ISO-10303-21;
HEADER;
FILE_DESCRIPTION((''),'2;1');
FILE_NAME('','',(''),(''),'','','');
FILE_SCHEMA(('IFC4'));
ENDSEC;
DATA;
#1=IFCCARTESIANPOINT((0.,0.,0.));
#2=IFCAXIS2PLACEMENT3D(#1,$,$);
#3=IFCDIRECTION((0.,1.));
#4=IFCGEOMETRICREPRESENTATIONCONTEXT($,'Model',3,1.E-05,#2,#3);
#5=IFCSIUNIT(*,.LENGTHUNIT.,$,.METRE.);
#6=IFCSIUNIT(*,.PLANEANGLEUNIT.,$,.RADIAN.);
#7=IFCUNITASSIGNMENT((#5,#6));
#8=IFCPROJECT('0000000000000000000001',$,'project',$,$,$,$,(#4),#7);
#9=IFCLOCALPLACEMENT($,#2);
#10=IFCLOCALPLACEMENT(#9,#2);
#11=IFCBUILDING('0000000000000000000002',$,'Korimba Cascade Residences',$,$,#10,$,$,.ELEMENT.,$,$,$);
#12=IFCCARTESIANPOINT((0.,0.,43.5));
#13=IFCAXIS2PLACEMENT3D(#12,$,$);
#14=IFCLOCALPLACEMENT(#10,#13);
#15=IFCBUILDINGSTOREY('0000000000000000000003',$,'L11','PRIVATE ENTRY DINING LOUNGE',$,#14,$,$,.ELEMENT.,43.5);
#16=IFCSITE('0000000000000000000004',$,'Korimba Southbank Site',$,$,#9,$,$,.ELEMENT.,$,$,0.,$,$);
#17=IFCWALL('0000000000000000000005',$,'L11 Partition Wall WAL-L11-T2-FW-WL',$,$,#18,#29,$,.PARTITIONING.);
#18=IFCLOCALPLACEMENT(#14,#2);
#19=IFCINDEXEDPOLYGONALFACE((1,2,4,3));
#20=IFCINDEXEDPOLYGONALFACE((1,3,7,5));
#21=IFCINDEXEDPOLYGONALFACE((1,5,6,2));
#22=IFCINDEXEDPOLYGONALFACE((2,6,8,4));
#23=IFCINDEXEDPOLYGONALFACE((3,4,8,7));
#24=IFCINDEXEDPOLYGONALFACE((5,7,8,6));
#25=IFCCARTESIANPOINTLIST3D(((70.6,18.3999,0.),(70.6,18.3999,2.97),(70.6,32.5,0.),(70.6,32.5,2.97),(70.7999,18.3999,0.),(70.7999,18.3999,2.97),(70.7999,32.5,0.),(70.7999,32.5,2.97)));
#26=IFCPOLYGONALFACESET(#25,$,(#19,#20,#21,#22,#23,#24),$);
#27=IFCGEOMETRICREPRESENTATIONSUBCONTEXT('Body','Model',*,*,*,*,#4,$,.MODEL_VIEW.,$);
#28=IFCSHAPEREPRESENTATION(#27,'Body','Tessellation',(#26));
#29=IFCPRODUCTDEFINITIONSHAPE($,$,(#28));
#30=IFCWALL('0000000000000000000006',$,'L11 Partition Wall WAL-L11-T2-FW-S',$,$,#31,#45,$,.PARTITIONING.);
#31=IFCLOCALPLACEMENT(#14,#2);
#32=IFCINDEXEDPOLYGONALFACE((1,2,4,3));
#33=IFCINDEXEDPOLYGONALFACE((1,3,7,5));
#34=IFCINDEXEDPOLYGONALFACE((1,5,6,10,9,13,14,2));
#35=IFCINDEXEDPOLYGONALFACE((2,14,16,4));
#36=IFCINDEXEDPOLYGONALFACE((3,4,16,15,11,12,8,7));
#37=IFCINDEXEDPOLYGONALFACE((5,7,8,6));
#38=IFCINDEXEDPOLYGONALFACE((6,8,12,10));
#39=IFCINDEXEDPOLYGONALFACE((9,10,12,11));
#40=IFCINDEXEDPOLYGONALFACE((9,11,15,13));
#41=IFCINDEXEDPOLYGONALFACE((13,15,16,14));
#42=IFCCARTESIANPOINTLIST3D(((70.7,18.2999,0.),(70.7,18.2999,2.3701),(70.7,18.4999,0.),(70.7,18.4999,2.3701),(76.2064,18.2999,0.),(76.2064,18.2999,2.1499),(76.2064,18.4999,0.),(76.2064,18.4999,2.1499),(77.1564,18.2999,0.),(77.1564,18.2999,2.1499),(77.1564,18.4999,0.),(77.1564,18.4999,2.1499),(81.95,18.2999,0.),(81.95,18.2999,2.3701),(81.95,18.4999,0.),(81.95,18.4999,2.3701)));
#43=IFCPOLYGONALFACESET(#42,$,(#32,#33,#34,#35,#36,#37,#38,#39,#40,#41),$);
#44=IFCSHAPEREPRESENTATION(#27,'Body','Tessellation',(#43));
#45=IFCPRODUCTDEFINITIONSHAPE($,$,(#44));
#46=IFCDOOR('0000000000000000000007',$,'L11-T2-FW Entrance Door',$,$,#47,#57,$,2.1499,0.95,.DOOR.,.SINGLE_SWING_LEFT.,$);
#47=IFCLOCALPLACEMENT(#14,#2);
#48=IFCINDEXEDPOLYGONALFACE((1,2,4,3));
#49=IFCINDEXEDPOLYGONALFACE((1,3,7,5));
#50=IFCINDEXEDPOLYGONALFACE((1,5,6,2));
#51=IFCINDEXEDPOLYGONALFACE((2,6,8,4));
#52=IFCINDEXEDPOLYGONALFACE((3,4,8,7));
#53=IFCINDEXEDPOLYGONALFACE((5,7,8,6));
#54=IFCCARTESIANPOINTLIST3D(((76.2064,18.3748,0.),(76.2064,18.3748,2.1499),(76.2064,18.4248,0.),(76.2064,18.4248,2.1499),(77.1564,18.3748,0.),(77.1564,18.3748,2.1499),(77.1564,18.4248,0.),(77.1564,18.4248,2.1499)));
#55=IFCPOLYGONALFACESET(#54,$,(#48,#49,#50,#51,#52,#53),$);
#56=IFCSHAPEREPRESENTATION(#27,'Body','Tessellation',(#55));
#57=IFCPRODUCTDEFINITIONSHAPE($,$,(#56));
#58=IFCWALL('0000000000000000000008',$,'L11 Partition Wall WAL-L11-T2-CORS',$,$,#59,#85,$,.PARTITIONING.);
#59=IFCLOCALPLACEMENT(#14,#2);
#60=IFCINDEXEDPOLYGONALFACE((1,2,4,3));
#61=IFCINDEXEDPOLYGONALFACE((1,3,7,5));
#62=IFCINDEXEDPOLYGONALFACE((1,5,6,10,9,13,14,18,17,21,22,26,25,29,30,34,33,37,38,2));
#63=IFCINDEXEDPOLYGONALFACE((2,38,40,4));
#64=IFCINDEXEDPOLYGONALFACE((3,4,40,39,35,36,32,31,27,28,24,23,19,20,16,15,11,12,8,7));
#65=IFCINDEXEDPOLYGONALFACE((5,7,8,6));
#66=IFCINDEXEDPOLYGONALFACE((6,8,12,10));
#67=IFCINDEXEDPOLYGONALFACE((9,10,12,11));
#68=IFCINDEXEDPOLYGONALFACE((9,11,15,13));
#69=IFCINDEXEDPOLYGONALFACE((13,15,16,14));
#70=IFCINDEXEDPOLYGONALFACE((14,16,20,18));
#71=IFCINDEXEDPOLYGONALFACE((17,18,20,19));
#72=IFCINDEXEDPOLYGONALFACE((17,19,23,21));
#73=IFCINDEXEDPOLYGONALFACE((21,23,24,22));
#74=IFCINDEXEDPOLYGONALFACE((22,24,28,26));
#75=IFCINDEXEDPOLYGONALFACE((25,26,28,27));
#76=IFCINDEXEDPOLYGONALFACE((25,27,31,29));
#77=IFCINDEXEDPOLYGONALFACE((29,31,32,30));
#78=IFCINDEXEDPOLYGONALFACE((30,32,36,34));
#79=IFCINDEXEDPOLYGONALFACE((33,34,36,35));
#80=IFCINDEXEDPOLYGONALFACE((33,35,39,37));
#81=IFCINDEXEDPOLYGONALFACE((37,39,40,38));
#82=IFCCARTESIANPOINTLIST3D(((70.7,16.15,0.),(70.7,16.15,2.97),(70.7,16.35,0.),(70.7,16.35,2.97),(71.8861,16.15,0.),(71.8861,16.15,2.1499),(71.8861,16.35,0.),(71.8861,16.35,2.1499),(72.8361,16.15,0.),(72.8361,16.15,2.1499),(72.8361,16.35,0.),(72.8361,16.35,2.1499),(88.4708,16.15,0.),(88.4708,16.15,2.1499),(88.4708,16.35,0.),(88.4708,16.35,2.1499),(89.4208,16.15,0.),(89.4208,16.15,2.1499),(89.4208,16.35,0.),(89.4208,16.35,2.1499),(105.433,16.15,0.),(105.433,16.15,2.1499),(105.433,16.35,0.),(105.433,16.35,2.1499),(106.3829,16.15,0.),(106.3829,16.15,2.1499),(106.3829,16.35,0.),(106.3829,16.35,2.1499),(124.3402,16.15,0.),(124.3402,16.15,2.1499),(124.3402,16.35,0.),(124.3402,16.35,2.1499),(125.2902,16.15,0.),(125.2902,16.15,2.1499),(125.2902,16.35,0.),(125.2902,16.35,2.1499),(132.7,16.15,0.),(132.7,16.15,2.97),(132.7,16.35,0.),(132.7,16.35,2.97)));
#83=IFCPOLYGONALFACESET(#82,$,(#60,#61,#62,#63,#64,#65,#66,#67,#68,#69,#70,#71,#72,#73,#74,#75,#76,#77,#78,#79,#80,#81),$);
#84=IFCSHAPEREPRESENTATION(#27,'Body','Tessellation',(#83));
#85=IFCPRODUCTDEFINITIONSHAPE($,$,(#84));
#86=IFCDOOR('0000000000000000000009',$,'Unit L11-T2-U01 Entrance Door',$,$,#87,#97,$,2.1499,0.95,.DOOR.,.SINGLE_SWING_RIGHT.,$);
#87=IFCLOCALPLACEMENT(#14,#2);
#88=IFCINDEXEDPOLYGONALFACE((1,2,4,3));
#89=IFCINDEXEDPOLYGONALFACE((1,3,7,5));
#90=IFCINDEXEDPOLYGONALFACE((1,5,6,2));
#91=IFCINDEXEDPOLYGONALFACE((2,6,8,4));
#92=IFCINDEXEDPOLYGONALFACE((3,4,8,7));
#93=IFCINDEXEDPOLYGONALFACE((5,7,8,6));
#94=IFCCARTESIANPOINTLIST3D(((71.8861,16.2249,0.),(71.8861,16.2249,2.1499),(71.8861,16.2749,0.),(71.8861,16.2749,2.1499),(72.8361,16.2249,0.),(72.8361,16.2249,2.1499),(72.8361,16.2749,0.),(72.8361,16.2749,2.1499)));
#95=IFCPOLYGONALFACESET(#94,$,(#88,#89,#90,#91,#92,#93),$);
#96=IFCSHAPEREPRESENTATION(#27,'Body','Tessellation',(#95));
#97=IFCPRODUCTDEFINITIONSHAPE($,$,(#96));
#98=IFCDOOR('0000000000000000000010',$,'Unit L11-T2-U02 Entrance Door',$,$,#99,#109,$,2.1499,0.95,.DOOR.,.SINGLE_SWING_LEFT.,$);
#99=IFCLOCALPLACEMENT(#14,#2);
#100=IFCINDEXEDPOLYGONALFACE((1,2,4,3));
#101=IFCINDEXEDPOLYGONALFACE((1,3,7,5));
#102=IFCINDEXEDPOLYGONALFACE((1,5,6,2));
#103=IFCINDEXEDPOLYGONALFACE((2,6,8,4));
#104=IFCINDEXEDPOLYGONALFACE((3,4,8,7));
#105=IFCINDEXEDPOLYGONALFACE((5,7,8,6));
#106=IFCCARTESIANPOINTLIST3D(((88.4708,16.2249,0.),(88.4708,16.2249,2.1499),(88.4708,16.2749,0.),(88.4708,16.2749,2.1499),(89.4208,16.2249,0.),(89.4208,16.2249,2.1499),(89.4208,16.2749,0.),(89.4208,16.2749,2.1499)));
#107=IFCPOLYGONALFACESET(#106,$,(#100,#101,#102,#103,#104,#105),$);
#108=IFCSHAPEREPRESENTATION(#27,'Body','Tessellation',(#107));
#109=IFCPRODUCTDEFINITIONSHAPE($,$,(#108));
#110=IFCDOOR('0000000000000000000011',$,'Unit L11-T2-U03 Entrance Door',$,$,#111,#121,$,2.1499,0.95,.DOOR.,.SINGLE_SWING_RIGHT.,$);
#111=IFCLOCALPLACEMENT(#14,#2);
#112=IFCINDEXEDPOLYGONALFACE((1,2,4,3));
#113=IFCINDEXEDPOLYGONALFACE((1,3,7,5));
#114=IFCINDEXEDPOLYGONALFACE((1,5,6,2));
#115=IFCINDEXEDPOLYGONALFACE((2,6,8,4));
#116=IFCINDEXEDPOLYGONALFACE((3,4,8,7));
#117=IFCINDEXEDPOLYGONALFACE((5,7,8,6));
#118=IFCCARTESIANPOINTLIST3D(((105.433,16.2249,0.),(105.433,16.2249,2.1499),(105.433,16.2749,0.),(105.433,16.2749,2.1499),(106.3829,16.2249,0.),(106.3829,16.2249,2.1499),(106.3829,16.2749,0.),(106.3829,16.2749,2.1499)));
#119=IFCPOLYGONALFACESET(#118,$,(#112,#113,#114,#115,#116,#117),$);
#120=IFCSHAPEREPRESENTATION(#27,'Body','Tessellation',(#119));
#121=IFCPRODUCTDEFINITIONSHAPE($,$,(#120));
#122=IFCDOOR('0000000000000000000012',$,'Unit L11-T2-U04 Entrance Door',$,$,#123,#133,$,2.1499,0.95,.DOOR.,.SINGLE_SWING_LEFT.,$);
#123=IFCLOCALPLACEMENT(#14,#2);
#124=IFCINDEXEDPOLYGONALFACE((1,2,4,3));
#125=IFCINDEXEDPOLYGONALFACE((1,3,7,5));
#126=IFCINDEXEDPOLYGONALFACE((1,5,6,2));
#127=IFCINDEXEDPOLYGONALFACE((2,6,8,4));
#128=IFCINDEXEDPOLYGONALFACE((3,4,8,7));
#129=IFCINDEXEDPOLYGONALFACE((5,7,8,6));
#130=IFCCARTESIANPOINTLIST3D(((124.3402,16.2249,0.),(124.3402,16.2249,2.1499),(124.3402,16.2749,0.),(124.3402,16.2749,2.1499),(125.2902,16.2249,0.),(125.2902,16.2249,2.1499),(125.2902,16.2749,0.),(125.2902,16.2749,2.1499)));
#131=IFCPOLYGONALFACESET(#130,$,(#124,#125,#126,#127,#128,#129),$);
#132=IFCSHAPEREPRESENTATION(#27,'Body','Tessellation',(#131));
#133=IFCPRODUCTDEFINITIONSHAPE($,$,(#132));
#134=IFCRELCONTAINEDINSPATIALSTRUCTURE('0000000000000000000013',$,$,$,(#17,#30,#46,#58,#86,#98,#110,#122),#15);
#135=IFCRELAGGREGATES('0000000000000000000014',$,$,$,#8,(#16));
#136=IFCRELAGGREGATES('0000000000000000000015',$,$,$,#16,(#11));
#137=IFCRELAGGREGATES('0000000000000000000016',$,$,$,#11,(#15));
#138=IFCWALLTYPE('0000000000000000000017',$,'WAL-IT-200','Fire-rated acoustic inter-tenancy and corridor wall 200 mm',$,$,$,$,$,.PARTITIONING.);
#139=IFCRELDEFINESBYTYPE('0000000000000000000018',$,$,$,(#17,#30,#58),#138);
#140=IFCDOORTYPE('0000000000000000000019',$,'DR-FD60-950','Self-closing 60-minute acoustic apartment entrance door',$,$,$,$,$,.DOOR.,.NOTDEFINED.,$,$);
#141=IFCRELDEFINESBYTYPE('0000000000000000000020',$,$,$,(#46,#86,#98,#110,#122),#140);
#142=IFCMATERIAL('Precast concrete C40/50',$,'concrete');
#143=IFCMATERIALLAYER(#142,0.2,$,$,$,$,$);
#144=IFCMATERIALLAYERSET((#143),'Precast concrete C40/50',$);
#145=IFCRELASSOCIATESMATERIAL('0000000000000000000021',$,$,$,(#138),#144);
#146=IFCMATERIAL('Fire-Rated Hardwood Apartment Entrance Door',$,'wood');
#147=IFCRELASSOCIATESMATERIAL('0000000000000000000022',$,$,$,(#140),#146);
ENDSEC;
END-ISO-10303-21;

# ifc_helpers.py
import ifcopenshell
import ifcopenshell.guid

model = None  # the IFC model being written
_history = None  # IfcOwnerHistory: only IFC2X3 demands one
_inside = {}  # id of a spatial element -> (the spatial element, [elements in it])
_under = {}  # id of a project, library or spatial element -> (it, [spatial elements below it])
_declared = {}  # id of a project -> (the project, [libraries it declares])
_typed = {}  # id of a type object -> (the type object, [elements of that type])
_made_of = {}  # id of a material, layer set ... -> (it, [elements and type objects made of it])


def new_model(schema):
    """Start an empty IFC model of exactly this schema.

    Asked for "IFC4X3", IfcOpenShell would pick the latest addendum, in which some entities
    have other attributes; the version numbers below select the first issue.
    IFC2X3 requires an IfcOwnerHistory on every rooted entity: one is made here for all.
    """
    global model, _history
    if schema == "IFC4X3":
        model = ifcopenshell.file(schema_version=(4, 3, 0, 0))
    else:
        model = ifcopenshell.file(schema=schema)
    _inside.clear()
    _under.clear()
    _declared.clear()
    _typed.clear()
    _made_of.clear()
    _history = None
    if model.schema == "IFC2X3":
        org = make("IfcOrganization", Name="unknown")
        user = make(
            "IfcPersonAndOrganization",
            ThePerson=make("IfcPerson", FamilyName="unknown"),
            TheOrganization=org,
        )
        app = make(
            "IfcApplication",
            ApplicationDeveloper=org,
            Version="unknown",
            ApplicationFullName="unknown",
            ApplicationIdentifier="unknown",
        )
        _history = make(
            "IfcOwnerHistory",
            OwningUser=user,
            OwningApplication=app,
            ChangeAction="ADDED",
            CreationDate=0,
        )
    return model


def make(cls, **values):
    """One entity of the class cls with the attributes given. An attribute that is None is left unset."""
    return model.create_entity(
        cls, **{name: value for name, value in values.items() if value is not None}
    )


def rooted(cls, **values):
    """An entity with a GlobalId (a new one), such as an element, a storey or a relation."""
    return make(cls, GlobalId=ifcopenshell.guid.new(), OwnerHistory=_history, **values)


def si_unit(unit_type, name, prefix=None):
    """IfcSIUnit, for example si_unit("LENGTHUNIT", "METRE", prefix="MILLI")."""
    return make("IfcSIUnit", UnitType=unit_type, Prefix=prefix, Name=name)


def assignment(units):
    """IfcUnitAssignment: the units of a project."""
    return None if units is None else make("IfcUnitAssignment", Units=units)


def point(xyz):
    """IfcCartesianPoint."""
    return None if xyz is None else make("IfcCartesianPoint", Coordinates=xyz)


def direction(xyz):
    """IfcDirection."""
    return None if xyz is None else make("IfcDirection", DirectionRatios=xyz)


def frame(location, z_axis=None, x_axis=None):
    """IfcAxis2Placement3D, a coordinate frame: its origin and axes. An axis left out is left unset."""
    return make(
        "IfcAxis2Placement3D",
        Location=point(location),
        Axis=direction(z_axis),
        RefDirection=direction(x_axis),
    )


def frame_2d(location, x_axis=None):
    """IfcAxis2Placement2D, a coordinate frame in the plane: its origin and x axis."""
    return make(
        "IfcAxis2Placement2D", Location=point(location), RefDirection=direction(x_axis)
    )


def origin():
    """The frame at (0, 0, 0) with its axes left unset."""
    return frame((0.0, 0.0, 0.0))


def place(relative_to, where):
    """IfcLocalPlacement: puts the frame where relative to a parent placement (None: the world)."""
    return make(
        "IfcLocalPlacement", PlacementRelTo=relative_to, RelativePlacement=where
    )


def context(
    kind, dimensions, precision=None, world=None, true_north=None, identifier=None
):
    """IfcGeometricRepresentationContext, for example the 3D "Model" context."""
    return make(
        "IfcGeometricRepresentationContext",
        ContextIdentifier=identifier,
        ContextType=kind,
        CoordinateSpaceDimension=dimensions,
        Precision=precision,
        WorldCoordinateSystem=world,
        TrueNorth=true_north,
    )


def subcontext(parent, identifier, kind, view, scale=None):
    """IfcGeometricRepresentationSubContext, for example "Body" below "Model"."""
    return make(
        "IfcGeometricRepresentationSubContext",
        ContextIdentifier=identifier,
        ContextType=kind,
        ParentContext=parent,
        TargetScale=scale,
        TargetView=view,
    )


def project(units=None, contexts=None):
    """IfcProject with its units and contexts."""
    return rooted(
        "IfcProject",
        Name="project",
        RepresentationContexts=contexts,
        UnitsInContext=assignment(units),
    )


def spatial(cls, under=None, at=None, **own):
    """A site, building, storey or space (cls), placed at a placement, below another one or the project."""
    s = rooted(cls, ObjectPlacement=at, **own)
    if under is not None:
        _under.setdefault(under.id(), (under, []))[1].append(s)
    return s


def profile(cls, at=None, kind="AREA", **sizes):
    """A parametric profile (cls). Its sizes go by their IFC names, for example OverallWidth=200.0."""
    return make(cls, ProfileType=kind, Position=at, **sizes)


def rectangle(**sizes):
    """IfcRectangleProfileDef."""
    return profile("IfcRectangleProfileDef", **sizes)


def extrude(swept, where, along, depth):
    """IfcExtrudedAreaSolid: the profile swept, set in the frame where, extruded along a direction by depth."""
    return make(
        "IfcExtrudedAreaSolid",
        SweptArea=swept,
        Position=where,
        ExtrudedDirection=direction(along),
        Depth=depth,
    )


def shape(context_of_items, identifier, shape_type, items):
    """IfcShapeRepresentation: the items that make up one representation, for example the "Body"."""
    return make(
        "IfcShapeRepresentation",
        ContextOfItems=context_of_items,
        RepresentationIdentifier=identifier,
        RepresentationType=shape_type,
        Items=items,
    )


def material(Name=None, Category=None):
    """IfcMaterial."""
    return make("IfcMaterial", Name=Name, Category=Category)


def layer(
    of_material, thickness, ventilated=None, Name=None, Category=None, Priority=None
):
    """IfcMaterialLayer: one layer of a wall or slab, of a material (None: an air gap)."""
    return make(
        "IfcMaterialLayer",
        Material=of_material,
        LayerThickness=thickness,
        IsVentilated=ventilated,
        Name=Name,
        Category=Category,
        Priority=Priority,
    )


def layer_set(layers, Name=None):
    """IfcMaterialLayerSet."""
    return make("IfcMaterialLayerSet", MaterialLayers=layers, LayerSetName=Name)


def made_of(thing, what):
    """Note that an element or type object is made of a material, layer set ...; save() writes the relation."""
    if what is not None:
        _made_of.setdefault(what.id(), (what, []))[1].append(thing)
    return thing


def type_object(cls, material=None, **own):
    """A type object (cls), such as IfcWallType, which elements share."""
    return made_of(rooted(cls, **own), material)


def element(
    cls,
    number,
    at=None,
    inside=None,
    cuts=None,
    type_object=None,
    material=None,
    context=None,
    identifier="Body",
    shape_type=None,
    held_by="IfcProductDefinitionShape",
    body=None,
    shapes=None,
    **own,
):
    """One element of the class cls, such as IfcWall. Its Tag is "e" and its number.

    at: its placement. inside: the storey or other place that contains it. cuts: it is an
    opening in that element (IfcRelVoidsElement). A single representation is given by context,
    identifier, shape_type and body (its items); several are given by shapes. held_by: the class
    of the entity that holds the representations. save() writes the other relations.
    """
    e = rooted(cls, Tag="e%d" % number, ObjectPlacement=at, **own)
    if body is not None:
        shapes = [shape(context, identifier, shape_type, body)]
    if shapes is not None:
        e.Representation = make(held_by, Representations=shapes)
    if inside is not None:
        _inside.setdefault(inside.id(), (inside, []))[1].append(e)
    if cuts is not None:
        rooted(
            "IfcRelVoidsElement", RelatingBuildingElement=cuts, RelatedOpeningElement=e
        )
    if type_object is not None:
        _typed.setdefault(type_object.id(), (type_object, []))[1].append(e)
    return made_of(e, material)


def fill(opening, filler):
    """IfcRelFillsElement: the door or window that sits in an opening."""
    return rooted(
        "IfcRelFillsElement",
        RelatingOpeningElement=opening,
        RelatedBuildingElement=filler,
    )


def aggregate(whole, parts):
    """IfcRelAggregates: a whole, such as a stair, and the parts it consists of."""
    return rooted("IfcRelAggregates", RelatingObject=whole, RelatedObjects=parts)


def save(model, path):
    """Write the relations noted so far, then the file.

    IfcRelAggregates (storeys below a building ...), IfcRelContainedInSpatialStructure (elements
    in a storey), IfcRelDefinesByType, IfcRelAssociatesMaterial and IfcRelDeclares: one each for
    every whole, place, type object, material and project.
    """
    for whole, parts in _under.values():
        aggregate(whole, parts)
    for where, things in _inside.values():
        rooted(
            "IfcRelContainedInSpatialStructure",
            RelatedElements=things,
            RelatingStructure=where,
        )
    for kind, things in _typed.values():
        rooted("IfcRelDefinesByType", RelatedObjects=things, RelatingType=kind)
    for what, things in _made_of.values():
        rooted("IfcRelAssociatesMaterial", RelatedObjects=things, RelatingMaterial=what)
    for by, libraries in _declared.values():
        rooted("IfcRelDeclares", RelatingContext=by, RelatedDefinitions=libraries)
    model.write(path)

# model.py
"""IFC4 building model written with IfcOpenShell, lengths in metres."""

from ifc_helpers import new_model, si_unit, direction, frame, frame_2d, origin, place, context, subcontext, project, spatial, rectangle, extrude, material, layer, layer_set, type_object, element, fill, save


model = new_model("IFC4")

# Units and contexts
model_context = context("Model", 3, precision=1e-05, world=origin(), true_north=direction((0.0, 1.0)))
body_context = subcontext(model_context, "Body", "Model", "MODEL_VIEW")
ifc_project = project(units=[si_unit("LENGTHUNIT", "METRE"), si_unit("PLANEANGLEUNIT", "RADIAN")], contexts=[model_context])

# Site, building, storey
site_placement = place(None, origin())
site = spatial("IfcSite", under=ifc_project, at=site_placement, Name="Korimba Southbank Site", CompositionType="ELEMENT", RefElevation=0.0)
building_placement = place(site_placement, origin())
building = spatial("IfcBuilding", under=site, at=building_placement, Name="Korimba Cascade Residences", CompositionType="ELEMENT")
storey_placement = place(building_placement, frame((0.0, 0.0, 43.5)))
storey = spatial("IfcBuildingStorey", under=building, at=storey_placement, Name="L11", Description="PRIVATE ENTRY DINING LOUNGE", CompositionType="ELEMENT", Elevation=43.5)

# Wall
ifc_material_1 = material(Name="Precast concrete C40/50", Category="concrete")
ifc_layer_1 = layer(ifc_material_1, 0.2)
ifc_layer_set_1 = layer_set([ifc_layer_1], Name="Precast concrete C40/50")
wall_type_1 = type_object("IfcWallType", Name="WAL-IT-200", Description="Fire-rated acoustic inter-tenancy and corridor wall 200 mm", PredefinedType="PARTITIONING", material=ifc_layer_set_1)
wall_1_placement = place(storey_placement, frame((70.7, 18.3999, 0.0), z_axis=(0.0, 0.0, 1.0), x_axis=(0.0, 1.0, 0.0)))
element("IfcWall", 1, at=wall_1_placement, inside=storey, type_object=wall_type_1, Name="L11 Partition Wall WAL-L11-T2-FW-WL", PredefinedType="PARTITIONING", context=body_context, shape_type="SweptSolid", body=[
    extrude(rectangle(XDim=14.1001, YDim=0.2, at=frame_2d((7.05, 0.0))), origin(), (0.0, 0.0, 1.0), 2.97),
])

# Wall, opening, door
wall_2_placement = place(storey_placement, frame((70.7, 18.3999, 0.0), z_axis=(0.0, 0.0, 1.0), x_axis=(1.0, 0.0, 0.0)))
wall_2 = element("IfcWall", 2, at=wall_2_placement, inside=storey, type_object=wall_type_1, Name="L11 Partition Wall WAL-L11-T2-FW-S", PredefinedType="PARTITIONING", context=body_context, shape_type="SweptSolid", body=[
    extrude(rectangle(XDim=11.25, YDim=0.2, at=frame_2d((5.625, 0.0))), origin(), (0.0, 0.0, 1.0), 2.3701),
])
opening_1_placement = place(wall_2_placement, frame((5.5063, 0.0, 0.0)))
opening_1 = element("IfcOpeningElement", 3, at=opening_1_placement, cuts=wall_2, PredefinedType="OPENING", context=body_context, shape_type="SweptSolid", body=[
    extrude(rectangle(XDim=0.95, YDim=2.1499, at=frame_2d((0.4751, 1.075))), frame((0.0, 0.1099, 0.0), z_axis=(0.0, -1.0, 0.0), x_axis=(1.0, 0.0, 0.0)), (0.0, 0.0, 1.0), 0.22),
])
ifc_material_2 = material(Name="Fire-Rated Hardwood Apartment Entrance Door", Category="wood")
door_type_1 = type_object("IfcDoorType", Name="DR-FD60-950", Description="Self-closing 60-minute acoustic apartment entrance door", OperationType="NOTDEFINED", PredefinedType="DOOR", material=ifc_material_2)
door_1_placement = place(opening_1_placement, origin())
door_1 = element("IfcDoor", 4, at=door_1_placement, inside=storey, type_object=door_type_1, Name="L11-T2-FW Entrance Door", OperationType="SINGLE_SWING_LEFT", OverallHeight=2.1499, OverallWidth=0.95, PredefinedType="DOOR", context=body_context, shape_type="SweptSolid", body=[
    extrude(rectangle(XDim=0.95, YDim=2.1499, at=frame_2d((0.4751, 1.075))), frame((0.0, 0.0249, 0.0), z_axis=(0.0, -1.0, 0.0), x_axis=(1.0, 0.0, 0.0)), (0.0, 0.0, 1.0), 0.05),
])
fill(opening_1, door_1)

# Wall, openings, doors
wall_3_placement = place(storey_placement, frame((70.7, 16.25, 0.0), z_axis=(0.0, 0.0, 1.0), x_axis=(1.0, 0.0, 0.0)))
wall_3 = element("IfcWall", 5, at=wall_3_placement, inside=storey, type_object=wall_type_1, Name="L11 Partition Wall WAL-L11-T2-CORS", PredefinedType="PARTITIONING", context=body_context, shape_type="SweptSolid", body=[
    extrude(rectangle(XDim=62.0, YDim=0.2, at=frame_2d((31.0, 0.0))), origin(), (0.0, 0.0, 1.0), 2.97),
])
opening_2_placement = place(wall_3_placement, frame((1.186, 0.0, 0.0)))
opening_2 = element("IfcOpeningElement", 6, at=opening_2_placement, cuts=wall_3, PredefinedType="OPENING", context=body_context, shape_type="SweptSolid", body=[
    extrude(rectangle(XDim=0.95, YDim=2.1499, at=frame_2d((0.4751, 1.075))), frame((0.0, 0.1099, 0.0), z_axis=(0.0, -1.0, 0.0), x_axis=(1.0, 0.0, 0.0)), (0.0, 0.0, 1.0), 0.22),
])
opening_3_placement = place(wall_3_placement, frame((17.7708, 0.0, 0.0)))
opening_3 = element("IfcOpeningElement", 7, at=opening_3_placement, cuts=wall_3, PredefinedType="OPENING", context=body_context, shape_type="SweptSolid", body=[
    extrude(rectangle(XDim=0.95, YDim=2.1499, at=frame_2d((0.4751, 1.075))), frame((0.0, 0.1099, 0.0), z_axis=(0.0, -1.0, 0.0), x_axis=(1.0, 0.0, 0.0)), (0.0, 0.0, 1.0), 0.22),
])
opening_4_placement = place(wall_3_placement, frame((34.7329, 0.0, 0.0)))
opening_4 = element("IfcOpeningElement", 8, at=opening_4_placement, cuts=wall_3, PredefinedType="OPENING", context=body_context, shape_type="SweptSolid", body=[
    extrude(rectangle(XDim=0.95, YDim=2.1499, at=frame_2d((0.4751, 1.075))), frame((0.0, 0.1099, 0.0), z_axis=(0.0, -1.0, 0.0), x_axis=(1.0, 0.0, 0.0)), (0.0, 0.0, 1.0), 0.22),
])
opening_5_placement = place(wall_3_placement, frame((53.6401, 0.0, 0.0)))
opening_5 = element("IfcOpeningElement", 9, at=opening_5_placement, cuts=wall_3, PredefinedType="OPENING", context=body_context, shape_type="SweptSolid", body=[
    extrude(rectangle(XDim=0.95, YDim=2.1499, at=frame_2d((0.4751, 1.075))), frame((0.0, 0.1099, 0.0), z_axis=(0.0, -1.0, 0.0), x_axis=(1.0, 0.0, 0.0)), (0.0, 0.0, 1.0), 0.22),
])
door_2_placement = place(opening_2_placement, origin())
door_2 = element("IfcDoor", 10, at=door_2_placement, inside=storey, type_object=door_type_1, Name="Unit L11-T2-U01 Entrance Door", OperationType="SINGLE_SWING_RIGHT", OverallHeight=2.1499, OverallWidth=0.95, PredefinedType="DOOR", context=body_context, shape_type="SweptSolid", body=[
    extrude(rectangle(XDim=0.95, YDim=2.1499, at=frame_2d((0.4751, 1.075))), frame((0.0, 0.0249, 0.0), z_axis=(0.0, -1.0, 0.0), x_axis=(1.0, 0.0, 0.0)), (0.0, 0.0, 1.0), 0.05),
])
fill(opening_2, door_2)
door_3_placement = place(opening_3_placement, origin())
door_3 = element("IfcDoor", 11, at=door_3_placement, inside=storey, type_object=door_type_1, Name="Unit L11-T2-U02 Entrance Door", OperationType="SINGLE_SWING_LEFT", OverallHeight=2.1499, OverallWidth=0.95, PredefinedType="DOOR", context=body_context, shape_type="SweptSolid", body=[
    extrude(rectangle(XDim=0.95, YDim=2.1499, at=frame_2d((0.4751, 1.075))), frame((0.0, 0.0249, 0.0), z_axis=(0.0, -1.0, 0.0), x_axis=(1.0, 0.0, 0.0)), (0.0, 0.0, 1.0), 0.05),
])
fill(opening_3, door_3)
door_4_placement = place(opening_4_placement, origin())
door_4 = element("IfcDoor", 12, at=door_4_placement, inside=storey, type_object=door_type_1, Name="Unit L11-T2-U03 Entrance Door", OperationType="SINGLE_SWING_RIGHT", OverallHeight=2.1499, OverallWidth=0.95, PredefinedType="DOOR", context=body_context, shape_type="SweptSolid", body=[
    extrude(rectangle(XDim=0.95, YDim=2.1499, at=frame_2d((0.4751, 1.075))), frame((0.0, 0.0249, 0.0), z_axis=(0.0, -1.0, 0.0), x_axis=(1.0, 0.0, 0.0)), (0.0, 0.0, 1.0), 0.05),
])
fill(opening_4, door_4)
door_5_placement = place(opening_5_placement, origin())
door_5 = element("IfcDoor", 13, at=door_5_placement, inside=storey, type_object=door_type_1, Name="Unit L11-T2-U04 Entrance Door", OperationType="SINGLE_SWING_LEFT", OverallHeight=2.1499, OverallWidth=0.95, PredefinedType="DOOR", context=body_context, shape_type="SweptSolid", body=[
    extrude(rectangle(XDim=0.95, YDim=2.1499, at=frame_2d((0.4751, 1.075))), frame((0.0, 0.0249, 0.0), z_axis=(0.0, -1.0, 0.0), x_axis=(1.0, 0.0, 0.0)), (0.0, 0.0, 1.0), 0.05),
])
fill(opening_5, door_5)

save(model, "model.ifc")
